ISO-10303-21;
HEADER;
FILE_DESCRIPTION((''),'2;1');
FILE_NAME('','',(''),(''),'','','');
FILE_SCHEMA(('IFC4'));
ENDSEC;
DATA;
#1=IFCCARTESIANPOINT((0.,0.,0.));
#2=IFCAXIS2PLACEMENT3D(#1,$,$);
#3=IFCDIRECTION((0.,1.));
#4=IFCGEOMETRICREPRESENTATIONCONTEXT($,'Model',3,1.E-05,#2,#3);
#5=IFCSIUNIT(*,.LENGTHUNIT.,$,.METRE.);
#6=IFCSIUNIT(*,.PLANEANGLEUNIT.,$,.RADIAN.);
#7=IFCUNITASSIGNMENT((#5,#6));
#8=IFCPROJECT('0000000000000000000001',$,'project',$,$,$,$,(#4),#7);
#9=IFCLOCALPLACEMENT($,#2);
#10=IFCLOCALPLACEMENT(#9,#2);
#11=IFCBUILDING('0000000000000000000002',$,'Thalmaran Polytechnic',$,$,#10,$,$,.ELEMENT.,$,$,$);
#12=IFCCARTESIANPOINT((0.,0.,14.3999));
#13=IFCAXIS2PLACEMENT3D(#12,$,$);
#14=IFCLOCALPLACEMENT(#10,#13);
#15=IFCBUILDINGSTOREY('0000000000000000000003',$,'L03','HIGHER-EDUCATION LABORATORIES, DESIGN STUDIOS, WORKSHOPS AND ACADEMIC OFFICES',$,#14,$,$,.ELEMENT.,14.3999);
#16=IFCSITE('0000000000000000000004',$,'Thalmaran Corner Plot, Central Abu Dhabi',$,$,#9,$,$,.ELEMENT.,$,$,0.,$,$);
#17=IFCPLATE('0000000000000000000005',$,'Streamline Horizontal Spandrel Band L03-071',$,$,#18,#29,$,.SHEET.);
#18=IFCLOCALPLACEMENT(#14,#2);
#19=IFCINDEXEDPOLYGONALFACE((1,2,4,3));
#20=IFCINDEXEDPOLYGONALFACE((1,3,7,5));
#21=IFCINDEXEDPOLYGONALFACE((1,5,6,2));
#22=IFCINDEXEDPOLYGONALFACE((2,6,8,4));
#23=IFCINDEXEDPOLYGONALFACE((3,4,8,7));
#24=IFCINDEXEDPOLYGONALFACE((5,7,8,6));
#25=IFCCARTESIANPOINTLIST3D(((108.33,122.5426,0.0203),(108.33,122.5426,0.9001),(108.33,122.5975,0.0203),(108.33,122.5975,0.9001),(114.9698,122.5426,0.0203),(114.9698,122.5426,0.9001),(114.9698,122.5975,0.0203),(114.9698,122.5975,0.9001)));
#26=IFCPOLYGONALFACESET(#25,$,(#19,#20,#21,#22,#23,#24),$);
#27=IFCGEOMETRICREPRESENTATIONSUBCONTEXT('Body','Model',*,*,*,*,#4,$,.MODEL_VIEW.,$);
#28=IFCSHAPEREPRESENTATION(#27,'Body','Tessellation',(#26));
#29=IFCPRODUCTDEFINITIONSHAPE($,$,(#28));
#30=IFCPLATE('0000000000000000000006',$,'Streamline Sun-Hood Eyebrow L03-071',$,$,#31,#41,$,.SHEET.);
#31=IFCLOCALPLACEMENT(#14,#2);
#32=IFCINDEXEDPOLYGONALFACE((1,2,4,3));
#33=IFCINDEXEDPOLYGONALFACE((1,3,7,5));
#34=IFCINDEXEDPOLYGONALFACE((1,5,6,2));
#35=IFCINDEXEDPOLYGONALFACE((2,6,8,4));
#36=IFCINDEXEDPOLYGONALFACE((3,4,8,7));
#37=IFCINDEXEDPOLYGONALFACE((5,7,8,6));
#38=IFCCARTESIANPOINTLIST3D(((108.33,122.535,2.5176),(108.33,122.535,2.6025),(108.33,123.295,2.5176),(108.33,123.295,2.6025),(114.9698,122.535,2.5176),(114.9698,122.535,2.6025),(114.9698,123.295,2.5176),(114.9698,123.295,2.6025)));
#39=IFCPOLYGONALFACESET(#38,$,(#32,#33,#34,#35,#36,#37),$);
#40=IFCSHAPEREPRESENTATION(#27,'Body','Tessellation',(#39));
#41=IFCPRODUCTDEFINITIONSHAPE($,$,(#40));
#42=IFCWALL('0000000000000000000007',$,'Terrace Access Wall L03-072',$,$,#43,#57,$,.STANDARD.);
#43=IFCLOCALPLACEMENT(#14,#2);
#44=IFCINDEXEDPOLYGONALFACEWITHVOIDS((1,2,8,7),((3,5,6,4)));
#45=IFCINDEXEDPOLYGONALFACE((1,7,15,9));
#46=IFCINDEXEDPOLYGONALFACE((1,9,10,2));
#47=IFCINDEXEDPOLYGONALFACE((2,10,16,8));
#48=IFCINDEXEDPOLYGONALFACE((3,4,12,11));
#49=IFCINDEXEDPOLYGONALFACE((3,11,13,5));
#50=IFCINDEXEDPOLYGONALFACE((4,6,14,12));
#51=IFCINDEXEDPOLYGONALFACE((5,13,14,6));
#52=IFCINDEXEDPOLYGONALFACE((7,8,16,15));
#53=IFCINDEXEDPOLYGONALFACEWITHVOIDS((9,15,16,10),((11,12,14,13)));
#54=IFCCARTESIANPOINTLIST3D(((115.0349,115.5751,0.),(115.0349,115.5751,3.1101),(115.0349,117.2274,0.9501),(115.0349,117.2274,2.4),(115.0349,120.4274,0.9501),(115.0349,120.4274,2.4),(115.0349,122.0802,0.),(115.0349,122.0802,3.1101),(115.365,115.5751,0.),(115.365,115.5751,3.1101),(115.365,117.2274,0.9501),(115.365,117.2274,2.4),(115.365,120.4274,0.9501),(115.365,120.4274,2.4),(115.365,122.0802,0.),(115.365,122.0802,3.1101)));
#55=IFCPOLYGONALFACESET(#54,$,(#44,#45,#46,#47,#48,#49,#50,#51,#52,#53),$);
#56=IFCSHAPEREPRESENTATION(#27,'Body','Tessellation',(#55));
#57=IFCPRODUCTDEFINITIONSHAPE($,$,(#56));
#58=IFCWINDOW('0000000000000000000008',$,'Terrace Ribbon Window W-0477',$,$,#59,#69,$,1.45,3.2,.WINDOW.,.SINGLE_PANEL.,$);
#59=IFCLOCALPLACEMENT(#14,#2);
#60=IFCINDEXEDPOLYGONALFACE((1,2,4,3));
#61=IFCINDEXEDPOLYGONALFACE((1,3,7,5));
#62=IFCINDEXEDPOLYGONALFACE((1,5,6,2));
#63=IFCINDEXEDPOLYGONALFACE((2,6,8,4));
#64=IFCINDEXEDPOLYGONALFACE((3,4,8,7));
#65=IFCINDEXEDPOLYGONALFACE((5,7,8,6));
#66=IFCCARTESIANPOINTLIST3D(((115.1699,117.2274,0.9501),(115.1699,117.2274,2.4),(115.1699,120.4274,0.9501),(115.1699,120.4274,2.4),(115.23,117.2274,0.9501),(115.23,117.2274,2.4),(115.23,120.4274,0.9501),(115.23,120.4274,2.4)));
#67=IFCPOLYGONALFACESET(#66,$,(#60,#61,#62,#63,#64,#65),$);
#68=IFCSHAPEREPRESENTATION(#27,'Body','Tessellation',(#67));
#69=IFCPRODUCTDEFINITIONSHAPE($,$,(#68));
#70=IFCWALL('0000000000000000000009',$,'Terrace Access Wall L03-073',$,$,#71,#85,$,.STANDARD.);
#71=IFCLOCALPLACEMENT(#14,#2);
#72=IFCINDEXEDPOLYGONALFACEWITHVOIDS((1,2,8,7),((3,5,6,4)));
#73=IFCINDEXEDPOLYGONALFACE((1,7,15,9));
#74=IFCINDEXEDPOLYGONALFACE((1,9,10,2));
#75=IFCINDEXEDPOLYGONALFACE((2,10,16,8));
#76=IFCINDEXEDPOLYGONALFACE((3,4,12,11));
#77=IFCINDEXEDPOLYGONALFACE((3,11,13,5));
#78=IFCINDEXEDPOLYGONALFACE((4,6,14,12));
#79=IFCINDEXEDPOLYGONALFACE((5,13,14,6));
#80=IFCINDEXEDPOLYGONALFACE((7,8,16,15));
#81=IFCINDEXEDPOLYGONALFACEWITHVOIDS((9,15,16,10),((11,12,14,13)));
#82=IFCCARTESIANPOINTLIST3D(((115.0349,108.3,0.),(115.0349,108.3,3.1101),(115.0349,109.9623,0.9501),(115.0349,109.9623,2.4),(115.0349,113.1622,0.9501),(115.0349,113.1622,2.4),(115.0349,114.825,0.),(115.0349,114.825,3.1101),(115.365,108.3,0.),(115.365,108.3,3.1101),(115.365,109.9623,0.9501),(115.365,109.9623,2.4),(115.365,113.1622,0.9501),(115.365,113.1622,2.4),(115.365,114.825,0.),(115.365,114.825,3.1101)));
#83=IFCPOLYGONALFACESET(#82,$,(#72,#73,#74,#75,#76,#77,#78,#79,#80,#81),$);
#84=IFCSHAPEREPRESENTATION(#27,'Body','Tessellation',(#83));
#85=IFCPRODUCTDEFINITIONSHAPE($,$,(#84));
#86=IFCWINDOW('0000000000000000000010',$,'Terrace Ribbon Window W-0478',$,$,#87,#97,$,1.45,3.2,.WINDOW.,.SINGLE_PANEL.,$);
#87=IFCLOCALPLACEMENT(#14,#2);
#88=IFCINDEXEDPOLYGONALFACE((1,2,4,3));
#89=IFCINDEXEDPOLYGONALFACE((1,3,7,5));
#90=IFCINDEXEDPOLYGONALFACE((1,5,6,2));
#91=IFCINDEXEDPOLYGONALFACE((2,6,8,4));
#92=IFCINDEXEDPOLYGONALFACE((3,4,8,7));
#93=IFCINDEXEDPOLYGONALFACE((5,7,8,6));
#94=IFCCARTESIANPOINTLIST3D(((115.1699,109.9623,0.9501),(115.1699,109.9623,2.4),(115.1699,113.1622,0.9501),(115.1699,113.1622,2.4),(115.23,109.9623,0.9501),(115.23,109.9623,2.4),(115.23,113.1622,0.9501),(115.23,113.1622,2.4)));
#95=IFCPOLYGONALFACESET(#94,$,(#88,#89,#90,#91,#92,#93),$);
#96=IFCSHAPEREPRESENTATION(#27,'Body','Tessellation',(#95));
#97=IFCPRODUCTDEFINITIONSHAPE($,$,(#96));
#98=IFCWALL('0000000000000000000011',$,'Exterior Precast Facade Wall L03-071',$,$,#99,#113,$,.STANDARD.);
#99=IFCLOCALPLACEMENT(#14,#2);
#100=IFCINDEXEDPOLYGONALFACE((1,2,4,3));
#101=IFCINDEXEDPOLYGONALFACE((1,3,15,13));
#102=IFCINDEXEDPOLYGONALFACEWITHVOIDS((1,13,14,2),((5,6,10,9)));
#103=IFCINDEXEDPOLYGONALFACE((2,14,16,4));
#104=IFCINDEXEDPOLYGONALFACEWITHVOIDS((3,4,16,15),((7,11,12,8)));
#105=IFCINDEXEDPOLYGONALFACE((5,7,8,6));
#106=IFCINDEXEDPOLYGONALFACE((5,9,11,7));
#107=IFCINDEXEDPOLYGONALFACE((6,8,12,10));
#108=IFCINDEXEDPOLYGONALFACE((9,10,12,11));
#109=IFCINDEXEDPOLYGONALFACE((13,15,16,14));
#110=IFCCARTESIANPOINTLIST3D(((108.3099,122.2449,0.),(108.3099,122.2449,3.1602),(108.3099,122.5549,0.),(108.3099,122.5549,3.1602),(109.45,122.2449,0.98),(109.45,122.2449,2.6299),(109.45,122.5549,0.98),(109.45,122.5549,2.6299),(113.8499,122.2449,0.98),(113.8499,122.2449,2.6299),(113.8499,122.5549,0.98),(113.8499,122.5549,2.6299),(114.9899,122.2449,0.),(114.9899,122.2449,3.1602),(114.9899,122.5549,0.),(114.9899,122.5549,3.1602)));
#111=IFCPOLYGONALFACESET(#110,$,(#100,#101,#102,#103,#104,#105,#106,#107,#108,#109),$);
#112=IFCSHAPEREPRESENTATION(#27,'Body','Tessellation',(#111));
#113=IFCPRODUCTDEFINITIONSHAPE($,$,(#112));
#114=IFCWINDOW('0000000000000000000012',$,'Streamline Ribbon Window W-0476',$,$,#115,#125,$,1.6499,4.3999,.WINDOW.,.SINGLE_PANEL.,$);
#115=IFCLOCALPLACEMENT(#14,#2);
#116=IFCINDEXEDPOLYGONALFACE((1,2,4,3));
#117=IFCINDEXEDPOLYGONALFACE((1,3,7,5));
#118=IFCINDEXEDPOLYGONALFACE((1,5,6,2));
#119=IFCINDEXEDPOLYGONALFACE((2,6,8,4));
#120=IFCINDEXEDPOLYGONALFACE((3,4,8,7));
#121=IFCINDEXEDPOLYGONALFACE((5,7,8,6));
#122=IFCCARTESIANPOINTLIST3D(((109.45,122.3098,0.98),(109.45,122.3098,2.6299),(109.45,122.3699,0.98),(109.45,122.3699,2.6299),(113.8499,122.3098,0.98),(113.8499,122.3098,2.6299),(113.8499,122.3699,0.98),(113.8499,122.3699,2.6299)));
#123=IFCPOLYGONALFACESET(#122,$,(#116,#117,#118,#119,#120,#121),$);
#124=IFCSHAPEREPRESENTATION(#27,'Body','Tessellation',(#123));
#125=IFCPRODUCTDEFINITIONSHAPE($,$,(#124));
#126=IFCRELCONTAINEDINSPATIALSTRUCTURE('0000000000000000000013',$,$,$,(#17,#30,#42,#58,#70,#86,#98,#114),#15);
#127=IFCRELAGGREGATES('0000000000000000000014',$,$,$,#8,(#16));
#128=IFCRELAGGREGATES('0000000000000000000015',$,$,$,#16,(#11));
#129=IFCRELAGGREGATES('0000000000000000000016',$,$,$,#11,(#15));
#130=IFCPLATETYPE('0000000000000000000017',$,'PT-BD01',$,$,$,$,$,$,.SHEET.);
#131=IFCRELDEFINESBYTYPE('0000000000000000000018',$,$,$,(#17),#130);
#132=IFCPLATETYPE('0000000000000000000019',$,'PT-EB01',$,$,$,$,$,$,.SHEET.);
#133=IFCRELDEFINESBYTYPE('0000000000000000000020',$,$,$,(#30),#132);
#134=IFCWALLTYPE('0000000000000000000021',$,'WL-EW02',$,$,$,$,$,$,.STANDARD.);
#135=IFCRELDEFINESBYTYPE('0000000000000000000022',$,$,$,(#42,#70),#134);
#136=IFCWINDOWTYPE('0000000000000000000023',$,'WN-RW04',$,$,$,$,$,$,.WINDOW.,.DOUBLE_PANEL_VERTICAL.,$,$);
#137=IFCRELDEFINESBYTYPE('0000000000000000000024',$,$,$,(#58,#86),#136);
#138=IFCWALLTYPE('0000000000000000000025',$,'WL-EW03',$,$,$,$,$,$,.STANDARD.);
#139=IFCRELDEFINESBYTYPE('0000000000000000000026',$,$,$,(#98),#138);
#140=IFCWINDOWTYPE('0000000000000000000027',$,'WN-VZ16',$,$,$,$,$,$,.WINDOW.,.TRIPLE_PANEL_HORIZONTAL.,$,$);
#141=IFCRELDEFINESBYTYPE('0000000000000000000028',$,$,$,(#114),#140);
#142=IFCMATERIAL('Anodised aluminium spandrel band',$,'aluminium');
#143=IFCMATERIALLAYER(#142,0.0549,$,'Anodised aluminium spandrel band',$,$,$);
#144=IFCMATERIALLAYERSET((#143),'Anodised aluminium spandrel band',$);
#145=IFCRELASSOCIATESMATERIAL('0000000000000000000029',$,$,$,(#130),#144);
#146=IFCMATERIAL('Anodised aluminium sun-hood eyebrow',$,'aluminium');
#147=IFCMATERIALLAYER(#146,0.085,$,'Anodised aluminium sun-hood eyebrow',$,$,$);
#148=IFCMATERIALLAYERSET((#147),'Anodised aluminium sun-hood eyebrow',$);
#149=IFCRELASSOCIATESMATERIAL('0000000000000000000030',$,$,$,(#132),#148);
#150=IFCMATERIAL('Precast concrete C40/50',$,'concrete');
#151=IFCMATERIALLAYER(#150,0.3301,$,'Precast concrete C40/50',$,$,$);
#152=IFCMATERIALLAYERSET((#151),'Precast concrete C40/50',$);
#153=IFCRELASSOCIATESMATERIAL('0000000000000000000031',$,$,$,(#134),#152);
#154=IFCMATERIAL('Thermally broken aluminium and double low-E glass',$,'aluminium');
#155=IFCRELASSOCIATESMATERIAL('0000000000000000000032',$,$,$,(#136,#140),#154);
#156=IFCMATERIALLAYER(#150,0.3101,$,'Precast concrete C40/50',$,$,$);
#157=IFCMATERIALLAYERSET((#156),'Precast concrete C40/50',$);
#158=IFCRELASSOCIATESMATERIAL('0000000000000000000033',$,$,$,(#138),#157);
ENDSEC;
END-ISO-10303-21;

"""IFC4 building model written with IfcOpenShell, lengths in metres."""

from ifc_helpers import new_model, si_unit, direction, frame, frame_2d, origin, origin_2d, place, context, subcontext, project, spatial, rectangle, extrude, material, layer, layer_set, type_object, element, fill, save


model = new_model("IFC4")

# Units and contexts
model_context = context("Model", 3, precision=1e-05, world=origin(), true_north=direction((0.0, 1.0)))
body_context = subcontext(model_context, "Body", "Model", "MODEL_VIEW")
ifc_project = project(units=[si_unit("LENGTHUNIT", "METRE"), si_unit("PLANEANGLEUNIT", "RADIAN")], contexts=[model_context])

# Site, building, storey
site_placement = place(None, origin())
site = spatial("IfcSite", under=ifc_project, at=site_placement, Name="Thalmaran Corner Plot, Central Abu Dhabi", CompositionType="ELEMENT", RefElevation=0.0)
building_placement = place(site_placement, origin())
building = spatial("IfcBuilding", under=site, at=building_placement, Name="Thalmaran Polytechnic", CompositionType="ELEMENT")
storey_placement = place(building_placement, frame((0.0, 0.0, 14.3999)))
storey = spatial("IfcBuildingStorey", under=building, at=storey_placement, Name="L03", Description="HIGHER-EDUCATION LABORATORIES, DESIGN STUDIOS, WORKSHOPS AND ACADEMIC OFFICES", CompositionType="ELEMENT", Elevation=14.3999)

# Plates
ifc_material_1 = material(Name="Anodised aluminium spandrel band", Category="aluminium")
ifc_layer_1 = layer(ifc_material_1, 0.0549, Name="Anodised aluminium spandrel band")
ifc_layer_set_1 = layer_set([ifc_layer_1], Name="Anodised aluminium spandrel band")
plate_type_1 = type_object("IfcPlateType", Name="PT-BD01", PredefinedType="SHEET", material=ifc_layer_set_1)
plate_1_placement = place(storey_placement, frame((111.6499, 122.5701, 0.0203), z_axis=(0.0, 0.0, 1.0), x_axis=(1.0, 0.0, 0.0)))
element("IfcPlate", 1, at=plate_1_placement, inside=storey, type_object=plate_type_1, Name="Streamline Horizontal Spandrel Band L03-071", PredefinedType="SHEET", context=body_context, shape_type="SweptSolid", body=[
    extrude(rectangle(XDim=6.6399, YDim=0.0549, at=origin_2d()), origin(), (0.0, 0.0, 1.0), 0.8799),
])
ifc_material_2 = material(Name="Anodised aluminium sun-hood eyebrow", Category="aluminium")
ifc_layer_2 = layer(ifc_material_2, 0.085, Name="Anodised aluminium sun-hood eyebrow")
ifc_layer_set_2 = layer_set([ifc_layer_2], Name="Anodised aluminium sun-hood eyebrow")
plate_type_2 = type_object("IfcPlateType", Name="PT-EB01", PredefinedType="SHEET", material=ifc_layer_set_2)
plate_2_placement = place(storey_placement, frame((111.6499, 122.915, 2.5176), z_axis=(0.0, 0.0, 1.0), x_axis=(1.0, 0.0, 0.0)))
element("IfcPlate", 2, at=plate_2_placement, inside=storey, type_object=plate_type_2, Name="Streamline Sun-Hood Eyebrow L03-071", PredefinedType="SHEET", context=body_context, shape_type="SweptSolid", body=[
    extrude(rectangle(XDim=6.6399, YDim=0.76, at=origin_2d()), origin(), (0.0, 0.0, 1.0), 0.085),
])

# Walls, openings, windows
ifc_material_3 = material(Name="Precast concrete C40/50", Category="concrete")
ifc_layer_3 = layer(ifc_material_3, 0.3301, Name="Precast concrete C40/50")
ifc_layer_set_3 = layer_set([ifc_layer_3], Name="Precast concrete C40/50")
wall_type_1 = type_object("IfcWallType", Name="WL-EW02", PredefinedType="STANDARD", material=ifc_layer_set_3)
wall_1_placement = place(storey_placement, frame((115.2, 122.0801, 0.0), z_axis=(0.0, 0.0, 1.0), x_axis=(0.0, -1.0, 0.0)))
wall_1 = element("IfcWall", 3, at=wall_1_placement, inside=storey, type_object=wall_type_1, Name="Terrace Access Wall L03-072", PredefinedType="STANDARD", context=body_context, shape_type="SweptSolid", body=[
    extrude(rectangle(XDim=6.5051, YDim=0.3301, at=frame_2d((3.2524, 0.0))), origin(), (0.0, 0.0, 1.0), 3.1101),
])
opening_1_placement = place(wall_1_placement, frame((1.6526, 0.0, 0.95)))
opening_1 = element("IfcOpeningElement", 4, at=opening_1_placement, cuts=wall_1, PredefinedType="OPENING", context=body_context, shape_type="SweptSolid", body=[
    extrude(rectangle(XDim=3.2, YDim=1.45, at=frame_2d((1.6001, 0.7251))), frame((0.0, 0.175, 0.0), z_axis=(0.0, -1.0, 0.0), x_axis=(1.0, 0.0, 0.0)), (0.0, 0.0, 1.0), 0.3501),
])
ifc_material_4 = material(Name="Thermally broken aluminium and double low-E glass", Category="aluminium")
window_type_1 = type_object("IfcWindowType", Name="WN-RW04", PartitioningType="DOUBLE_PANEL_VERTICAL", PredefinedType="WINDOW", material=ifc_material_4)
window_1_placement = place(opening_1_placement, origin())
window_1 = element("IfcWindow", 5, at=window_1_placement, inside=storey, type_object=window_type_1, Name="Terrace Ribbon Window W-0477", OverallHeight=1.45, OverallWidth=3.2, PartitioningType="SINGLE_PANEL", PredefinedType="WINDOW", context=body_context, shape_type="SweptSolid", body=[
    extrude(rectangle(XDim=3.2, YDim=1.45, at=frame_2d((1.6001, 0.7251))), frame((0.0, 0.03, 0.0), z_axis=(0.0, -1.0, 0.0), x_axis=(1.0, 0.0, 0.0)), (0.0, 0.0, 1.0), 0.0601),
])
fill(opening_1, window_1)
wall_2_placement = place(storey_placement, frame((115.2, 114.825, 0.0), z_axis=(0.0, 0.0, 1.0), x_axis=(0.0, -1.0, 0.0)))
wall_2 = element("IfcWall", 6, at=wall_2_placement, inside=storey, type_object=wall_type_1, Name="Terrace Access Wall L03-073", PredefinedType="STANDARD", context=body_context, shape_type="SweptSolid", body=[
    extrude(rectangle(XDim=6.5249, YDim=0.3301, at=frame_2d((3.2625, 0.0))), origin(), (0.0, 0.0, 1.0), 3.1101),
])
opening_2_placement = place(wall_2_placement, frame((1.6626, 0.0, 0.95)))
opening_2 = element("IfcOpeningElement", 7, at=opening_2_placement, cuts=wall_2, PredefinedType="OPENING", context=body_context, shape_type="SweptSolid", body=[
    extrude(rectangle(XDim=3.2, YDim=1.45, at=frame_2d((1.6001, 0.7251))), frame((0.0, 0.175, 0.0), z_axis=(0.0, -1.0, 0.0), x_axis=(1.0, 0.0, 0.0)), (0.0, 0.0, 1.0), 0.3501),
])
window_2_placement = place(opening_2_placement, origin())
window_2 = element("IfcWindow", 8, at=window_2_placement, inside=storey, type_object=window_type_1, Name="Terrace Ribbon Window W-0478", OverallHeight=1.45, OverallWidth=3.2, PartitioningType="SINGLE_PANEL", PredefinedType="WINDOW", context=body_context, shape_type="SweptSolid", body=[
    extrude(rectangle(XDim=3.2, YDim=1.45, at=frame_2d((1.6001, 0.7251))), frame((0.0, 0.03, 0.0), z_axis=(0.0, -1.0, 0.0), x_axis=(1.0, 0.0, 0.0)), (0.0, 0.0, 1.0), 0.0601),
])
fill(opening_2, window_2)
ifc_layer_4 = layer(ifc_material_3, 0.3101, Name="Precast concrete C40/50")
ifc_layer_set_4 = layer_set([ifc_layer_4], Name="Precast concrete C40/50")
wall_type_2 = type_object("IfcWallType", Name="WL-EW03", PredefinedType="STANDARD", material=ifc_layer_set_4)
wall_3_placement = place(storey_placement, frame((108.3101, 122.3999, 0.0), z_axis=(0.0, 0.0, 1.0), x_axis=(1.0, 0.0, 0.0)))
wall_3 = element("IfcWall", 9, at=wall_3_placement, inside=storey, type_object=wall_type_2, Name="Exterior Precast Facade Wall L03-071", PredefinedType="STANDARD", context=body_context, shape_type="SweptSolid", body=[
    extrude(rectangle(XDim=6.6799, YDim=0.3101, at=frame_2d((3.3398, 0.0))), origin(), (0.0, 0.0, 1.0), 3.1602),
])
opening_3_placement = place(wall_3_placement, frame((1.1399, 0.0, 0.98)))
opening_3 = element("IfcOpeningElement", 10, at=opening_3_placement, cuts=wall_3, PredefinedType="OPENING", context=body_context, shape_type="SweptSolid", body=[
    extrude(rectangle(XDim=4.3999, YDim=1.6499, at=frame_2d((2.2, 0.825))), frame((0.0, 0.165, 0.0), z_axis=(0.0, -1.0, 0.0), x_axis=(1.0, 0.0, 0.0)), (0.0, 0.0, 1.0), 0.3301),
])
window_type_2 = type_object("IfcWindowType", Name="WN-VZ16", PartitioningType="TRIPLE_PANEL_HORIZONTAL", PredefinedType="WINDOW", material=ifc_material_4)
window_3_placement = place(opening_3_placement, origin())
window_3 = element("IfcWindow", 11, at=window_3_placement, inside=storey, type_object=window_type_2, Name="Streamline Ribbon Window W-0476", OverallHeight=1.6499, OverallWidth=4.3999, PartitioningType="SINGLE_PANEL", PredefinedType="WINDOW", context=body_context, shape_type="SweptSolid", body=[
    extrude(rectangle(XDim=4.3999, YDim=1.6499, at=frame_2d((2.2, 0.825))), frame((0.0, -0.03, 0.0), z_axis=(0.0, -1.0, 0.0), x_axis=(1.0, 0.0, 0.0)), (0.0, 0.0, 1.0), 0.0601),
])
fill(opening_3, window_3)

save(model, "model.ifc")
